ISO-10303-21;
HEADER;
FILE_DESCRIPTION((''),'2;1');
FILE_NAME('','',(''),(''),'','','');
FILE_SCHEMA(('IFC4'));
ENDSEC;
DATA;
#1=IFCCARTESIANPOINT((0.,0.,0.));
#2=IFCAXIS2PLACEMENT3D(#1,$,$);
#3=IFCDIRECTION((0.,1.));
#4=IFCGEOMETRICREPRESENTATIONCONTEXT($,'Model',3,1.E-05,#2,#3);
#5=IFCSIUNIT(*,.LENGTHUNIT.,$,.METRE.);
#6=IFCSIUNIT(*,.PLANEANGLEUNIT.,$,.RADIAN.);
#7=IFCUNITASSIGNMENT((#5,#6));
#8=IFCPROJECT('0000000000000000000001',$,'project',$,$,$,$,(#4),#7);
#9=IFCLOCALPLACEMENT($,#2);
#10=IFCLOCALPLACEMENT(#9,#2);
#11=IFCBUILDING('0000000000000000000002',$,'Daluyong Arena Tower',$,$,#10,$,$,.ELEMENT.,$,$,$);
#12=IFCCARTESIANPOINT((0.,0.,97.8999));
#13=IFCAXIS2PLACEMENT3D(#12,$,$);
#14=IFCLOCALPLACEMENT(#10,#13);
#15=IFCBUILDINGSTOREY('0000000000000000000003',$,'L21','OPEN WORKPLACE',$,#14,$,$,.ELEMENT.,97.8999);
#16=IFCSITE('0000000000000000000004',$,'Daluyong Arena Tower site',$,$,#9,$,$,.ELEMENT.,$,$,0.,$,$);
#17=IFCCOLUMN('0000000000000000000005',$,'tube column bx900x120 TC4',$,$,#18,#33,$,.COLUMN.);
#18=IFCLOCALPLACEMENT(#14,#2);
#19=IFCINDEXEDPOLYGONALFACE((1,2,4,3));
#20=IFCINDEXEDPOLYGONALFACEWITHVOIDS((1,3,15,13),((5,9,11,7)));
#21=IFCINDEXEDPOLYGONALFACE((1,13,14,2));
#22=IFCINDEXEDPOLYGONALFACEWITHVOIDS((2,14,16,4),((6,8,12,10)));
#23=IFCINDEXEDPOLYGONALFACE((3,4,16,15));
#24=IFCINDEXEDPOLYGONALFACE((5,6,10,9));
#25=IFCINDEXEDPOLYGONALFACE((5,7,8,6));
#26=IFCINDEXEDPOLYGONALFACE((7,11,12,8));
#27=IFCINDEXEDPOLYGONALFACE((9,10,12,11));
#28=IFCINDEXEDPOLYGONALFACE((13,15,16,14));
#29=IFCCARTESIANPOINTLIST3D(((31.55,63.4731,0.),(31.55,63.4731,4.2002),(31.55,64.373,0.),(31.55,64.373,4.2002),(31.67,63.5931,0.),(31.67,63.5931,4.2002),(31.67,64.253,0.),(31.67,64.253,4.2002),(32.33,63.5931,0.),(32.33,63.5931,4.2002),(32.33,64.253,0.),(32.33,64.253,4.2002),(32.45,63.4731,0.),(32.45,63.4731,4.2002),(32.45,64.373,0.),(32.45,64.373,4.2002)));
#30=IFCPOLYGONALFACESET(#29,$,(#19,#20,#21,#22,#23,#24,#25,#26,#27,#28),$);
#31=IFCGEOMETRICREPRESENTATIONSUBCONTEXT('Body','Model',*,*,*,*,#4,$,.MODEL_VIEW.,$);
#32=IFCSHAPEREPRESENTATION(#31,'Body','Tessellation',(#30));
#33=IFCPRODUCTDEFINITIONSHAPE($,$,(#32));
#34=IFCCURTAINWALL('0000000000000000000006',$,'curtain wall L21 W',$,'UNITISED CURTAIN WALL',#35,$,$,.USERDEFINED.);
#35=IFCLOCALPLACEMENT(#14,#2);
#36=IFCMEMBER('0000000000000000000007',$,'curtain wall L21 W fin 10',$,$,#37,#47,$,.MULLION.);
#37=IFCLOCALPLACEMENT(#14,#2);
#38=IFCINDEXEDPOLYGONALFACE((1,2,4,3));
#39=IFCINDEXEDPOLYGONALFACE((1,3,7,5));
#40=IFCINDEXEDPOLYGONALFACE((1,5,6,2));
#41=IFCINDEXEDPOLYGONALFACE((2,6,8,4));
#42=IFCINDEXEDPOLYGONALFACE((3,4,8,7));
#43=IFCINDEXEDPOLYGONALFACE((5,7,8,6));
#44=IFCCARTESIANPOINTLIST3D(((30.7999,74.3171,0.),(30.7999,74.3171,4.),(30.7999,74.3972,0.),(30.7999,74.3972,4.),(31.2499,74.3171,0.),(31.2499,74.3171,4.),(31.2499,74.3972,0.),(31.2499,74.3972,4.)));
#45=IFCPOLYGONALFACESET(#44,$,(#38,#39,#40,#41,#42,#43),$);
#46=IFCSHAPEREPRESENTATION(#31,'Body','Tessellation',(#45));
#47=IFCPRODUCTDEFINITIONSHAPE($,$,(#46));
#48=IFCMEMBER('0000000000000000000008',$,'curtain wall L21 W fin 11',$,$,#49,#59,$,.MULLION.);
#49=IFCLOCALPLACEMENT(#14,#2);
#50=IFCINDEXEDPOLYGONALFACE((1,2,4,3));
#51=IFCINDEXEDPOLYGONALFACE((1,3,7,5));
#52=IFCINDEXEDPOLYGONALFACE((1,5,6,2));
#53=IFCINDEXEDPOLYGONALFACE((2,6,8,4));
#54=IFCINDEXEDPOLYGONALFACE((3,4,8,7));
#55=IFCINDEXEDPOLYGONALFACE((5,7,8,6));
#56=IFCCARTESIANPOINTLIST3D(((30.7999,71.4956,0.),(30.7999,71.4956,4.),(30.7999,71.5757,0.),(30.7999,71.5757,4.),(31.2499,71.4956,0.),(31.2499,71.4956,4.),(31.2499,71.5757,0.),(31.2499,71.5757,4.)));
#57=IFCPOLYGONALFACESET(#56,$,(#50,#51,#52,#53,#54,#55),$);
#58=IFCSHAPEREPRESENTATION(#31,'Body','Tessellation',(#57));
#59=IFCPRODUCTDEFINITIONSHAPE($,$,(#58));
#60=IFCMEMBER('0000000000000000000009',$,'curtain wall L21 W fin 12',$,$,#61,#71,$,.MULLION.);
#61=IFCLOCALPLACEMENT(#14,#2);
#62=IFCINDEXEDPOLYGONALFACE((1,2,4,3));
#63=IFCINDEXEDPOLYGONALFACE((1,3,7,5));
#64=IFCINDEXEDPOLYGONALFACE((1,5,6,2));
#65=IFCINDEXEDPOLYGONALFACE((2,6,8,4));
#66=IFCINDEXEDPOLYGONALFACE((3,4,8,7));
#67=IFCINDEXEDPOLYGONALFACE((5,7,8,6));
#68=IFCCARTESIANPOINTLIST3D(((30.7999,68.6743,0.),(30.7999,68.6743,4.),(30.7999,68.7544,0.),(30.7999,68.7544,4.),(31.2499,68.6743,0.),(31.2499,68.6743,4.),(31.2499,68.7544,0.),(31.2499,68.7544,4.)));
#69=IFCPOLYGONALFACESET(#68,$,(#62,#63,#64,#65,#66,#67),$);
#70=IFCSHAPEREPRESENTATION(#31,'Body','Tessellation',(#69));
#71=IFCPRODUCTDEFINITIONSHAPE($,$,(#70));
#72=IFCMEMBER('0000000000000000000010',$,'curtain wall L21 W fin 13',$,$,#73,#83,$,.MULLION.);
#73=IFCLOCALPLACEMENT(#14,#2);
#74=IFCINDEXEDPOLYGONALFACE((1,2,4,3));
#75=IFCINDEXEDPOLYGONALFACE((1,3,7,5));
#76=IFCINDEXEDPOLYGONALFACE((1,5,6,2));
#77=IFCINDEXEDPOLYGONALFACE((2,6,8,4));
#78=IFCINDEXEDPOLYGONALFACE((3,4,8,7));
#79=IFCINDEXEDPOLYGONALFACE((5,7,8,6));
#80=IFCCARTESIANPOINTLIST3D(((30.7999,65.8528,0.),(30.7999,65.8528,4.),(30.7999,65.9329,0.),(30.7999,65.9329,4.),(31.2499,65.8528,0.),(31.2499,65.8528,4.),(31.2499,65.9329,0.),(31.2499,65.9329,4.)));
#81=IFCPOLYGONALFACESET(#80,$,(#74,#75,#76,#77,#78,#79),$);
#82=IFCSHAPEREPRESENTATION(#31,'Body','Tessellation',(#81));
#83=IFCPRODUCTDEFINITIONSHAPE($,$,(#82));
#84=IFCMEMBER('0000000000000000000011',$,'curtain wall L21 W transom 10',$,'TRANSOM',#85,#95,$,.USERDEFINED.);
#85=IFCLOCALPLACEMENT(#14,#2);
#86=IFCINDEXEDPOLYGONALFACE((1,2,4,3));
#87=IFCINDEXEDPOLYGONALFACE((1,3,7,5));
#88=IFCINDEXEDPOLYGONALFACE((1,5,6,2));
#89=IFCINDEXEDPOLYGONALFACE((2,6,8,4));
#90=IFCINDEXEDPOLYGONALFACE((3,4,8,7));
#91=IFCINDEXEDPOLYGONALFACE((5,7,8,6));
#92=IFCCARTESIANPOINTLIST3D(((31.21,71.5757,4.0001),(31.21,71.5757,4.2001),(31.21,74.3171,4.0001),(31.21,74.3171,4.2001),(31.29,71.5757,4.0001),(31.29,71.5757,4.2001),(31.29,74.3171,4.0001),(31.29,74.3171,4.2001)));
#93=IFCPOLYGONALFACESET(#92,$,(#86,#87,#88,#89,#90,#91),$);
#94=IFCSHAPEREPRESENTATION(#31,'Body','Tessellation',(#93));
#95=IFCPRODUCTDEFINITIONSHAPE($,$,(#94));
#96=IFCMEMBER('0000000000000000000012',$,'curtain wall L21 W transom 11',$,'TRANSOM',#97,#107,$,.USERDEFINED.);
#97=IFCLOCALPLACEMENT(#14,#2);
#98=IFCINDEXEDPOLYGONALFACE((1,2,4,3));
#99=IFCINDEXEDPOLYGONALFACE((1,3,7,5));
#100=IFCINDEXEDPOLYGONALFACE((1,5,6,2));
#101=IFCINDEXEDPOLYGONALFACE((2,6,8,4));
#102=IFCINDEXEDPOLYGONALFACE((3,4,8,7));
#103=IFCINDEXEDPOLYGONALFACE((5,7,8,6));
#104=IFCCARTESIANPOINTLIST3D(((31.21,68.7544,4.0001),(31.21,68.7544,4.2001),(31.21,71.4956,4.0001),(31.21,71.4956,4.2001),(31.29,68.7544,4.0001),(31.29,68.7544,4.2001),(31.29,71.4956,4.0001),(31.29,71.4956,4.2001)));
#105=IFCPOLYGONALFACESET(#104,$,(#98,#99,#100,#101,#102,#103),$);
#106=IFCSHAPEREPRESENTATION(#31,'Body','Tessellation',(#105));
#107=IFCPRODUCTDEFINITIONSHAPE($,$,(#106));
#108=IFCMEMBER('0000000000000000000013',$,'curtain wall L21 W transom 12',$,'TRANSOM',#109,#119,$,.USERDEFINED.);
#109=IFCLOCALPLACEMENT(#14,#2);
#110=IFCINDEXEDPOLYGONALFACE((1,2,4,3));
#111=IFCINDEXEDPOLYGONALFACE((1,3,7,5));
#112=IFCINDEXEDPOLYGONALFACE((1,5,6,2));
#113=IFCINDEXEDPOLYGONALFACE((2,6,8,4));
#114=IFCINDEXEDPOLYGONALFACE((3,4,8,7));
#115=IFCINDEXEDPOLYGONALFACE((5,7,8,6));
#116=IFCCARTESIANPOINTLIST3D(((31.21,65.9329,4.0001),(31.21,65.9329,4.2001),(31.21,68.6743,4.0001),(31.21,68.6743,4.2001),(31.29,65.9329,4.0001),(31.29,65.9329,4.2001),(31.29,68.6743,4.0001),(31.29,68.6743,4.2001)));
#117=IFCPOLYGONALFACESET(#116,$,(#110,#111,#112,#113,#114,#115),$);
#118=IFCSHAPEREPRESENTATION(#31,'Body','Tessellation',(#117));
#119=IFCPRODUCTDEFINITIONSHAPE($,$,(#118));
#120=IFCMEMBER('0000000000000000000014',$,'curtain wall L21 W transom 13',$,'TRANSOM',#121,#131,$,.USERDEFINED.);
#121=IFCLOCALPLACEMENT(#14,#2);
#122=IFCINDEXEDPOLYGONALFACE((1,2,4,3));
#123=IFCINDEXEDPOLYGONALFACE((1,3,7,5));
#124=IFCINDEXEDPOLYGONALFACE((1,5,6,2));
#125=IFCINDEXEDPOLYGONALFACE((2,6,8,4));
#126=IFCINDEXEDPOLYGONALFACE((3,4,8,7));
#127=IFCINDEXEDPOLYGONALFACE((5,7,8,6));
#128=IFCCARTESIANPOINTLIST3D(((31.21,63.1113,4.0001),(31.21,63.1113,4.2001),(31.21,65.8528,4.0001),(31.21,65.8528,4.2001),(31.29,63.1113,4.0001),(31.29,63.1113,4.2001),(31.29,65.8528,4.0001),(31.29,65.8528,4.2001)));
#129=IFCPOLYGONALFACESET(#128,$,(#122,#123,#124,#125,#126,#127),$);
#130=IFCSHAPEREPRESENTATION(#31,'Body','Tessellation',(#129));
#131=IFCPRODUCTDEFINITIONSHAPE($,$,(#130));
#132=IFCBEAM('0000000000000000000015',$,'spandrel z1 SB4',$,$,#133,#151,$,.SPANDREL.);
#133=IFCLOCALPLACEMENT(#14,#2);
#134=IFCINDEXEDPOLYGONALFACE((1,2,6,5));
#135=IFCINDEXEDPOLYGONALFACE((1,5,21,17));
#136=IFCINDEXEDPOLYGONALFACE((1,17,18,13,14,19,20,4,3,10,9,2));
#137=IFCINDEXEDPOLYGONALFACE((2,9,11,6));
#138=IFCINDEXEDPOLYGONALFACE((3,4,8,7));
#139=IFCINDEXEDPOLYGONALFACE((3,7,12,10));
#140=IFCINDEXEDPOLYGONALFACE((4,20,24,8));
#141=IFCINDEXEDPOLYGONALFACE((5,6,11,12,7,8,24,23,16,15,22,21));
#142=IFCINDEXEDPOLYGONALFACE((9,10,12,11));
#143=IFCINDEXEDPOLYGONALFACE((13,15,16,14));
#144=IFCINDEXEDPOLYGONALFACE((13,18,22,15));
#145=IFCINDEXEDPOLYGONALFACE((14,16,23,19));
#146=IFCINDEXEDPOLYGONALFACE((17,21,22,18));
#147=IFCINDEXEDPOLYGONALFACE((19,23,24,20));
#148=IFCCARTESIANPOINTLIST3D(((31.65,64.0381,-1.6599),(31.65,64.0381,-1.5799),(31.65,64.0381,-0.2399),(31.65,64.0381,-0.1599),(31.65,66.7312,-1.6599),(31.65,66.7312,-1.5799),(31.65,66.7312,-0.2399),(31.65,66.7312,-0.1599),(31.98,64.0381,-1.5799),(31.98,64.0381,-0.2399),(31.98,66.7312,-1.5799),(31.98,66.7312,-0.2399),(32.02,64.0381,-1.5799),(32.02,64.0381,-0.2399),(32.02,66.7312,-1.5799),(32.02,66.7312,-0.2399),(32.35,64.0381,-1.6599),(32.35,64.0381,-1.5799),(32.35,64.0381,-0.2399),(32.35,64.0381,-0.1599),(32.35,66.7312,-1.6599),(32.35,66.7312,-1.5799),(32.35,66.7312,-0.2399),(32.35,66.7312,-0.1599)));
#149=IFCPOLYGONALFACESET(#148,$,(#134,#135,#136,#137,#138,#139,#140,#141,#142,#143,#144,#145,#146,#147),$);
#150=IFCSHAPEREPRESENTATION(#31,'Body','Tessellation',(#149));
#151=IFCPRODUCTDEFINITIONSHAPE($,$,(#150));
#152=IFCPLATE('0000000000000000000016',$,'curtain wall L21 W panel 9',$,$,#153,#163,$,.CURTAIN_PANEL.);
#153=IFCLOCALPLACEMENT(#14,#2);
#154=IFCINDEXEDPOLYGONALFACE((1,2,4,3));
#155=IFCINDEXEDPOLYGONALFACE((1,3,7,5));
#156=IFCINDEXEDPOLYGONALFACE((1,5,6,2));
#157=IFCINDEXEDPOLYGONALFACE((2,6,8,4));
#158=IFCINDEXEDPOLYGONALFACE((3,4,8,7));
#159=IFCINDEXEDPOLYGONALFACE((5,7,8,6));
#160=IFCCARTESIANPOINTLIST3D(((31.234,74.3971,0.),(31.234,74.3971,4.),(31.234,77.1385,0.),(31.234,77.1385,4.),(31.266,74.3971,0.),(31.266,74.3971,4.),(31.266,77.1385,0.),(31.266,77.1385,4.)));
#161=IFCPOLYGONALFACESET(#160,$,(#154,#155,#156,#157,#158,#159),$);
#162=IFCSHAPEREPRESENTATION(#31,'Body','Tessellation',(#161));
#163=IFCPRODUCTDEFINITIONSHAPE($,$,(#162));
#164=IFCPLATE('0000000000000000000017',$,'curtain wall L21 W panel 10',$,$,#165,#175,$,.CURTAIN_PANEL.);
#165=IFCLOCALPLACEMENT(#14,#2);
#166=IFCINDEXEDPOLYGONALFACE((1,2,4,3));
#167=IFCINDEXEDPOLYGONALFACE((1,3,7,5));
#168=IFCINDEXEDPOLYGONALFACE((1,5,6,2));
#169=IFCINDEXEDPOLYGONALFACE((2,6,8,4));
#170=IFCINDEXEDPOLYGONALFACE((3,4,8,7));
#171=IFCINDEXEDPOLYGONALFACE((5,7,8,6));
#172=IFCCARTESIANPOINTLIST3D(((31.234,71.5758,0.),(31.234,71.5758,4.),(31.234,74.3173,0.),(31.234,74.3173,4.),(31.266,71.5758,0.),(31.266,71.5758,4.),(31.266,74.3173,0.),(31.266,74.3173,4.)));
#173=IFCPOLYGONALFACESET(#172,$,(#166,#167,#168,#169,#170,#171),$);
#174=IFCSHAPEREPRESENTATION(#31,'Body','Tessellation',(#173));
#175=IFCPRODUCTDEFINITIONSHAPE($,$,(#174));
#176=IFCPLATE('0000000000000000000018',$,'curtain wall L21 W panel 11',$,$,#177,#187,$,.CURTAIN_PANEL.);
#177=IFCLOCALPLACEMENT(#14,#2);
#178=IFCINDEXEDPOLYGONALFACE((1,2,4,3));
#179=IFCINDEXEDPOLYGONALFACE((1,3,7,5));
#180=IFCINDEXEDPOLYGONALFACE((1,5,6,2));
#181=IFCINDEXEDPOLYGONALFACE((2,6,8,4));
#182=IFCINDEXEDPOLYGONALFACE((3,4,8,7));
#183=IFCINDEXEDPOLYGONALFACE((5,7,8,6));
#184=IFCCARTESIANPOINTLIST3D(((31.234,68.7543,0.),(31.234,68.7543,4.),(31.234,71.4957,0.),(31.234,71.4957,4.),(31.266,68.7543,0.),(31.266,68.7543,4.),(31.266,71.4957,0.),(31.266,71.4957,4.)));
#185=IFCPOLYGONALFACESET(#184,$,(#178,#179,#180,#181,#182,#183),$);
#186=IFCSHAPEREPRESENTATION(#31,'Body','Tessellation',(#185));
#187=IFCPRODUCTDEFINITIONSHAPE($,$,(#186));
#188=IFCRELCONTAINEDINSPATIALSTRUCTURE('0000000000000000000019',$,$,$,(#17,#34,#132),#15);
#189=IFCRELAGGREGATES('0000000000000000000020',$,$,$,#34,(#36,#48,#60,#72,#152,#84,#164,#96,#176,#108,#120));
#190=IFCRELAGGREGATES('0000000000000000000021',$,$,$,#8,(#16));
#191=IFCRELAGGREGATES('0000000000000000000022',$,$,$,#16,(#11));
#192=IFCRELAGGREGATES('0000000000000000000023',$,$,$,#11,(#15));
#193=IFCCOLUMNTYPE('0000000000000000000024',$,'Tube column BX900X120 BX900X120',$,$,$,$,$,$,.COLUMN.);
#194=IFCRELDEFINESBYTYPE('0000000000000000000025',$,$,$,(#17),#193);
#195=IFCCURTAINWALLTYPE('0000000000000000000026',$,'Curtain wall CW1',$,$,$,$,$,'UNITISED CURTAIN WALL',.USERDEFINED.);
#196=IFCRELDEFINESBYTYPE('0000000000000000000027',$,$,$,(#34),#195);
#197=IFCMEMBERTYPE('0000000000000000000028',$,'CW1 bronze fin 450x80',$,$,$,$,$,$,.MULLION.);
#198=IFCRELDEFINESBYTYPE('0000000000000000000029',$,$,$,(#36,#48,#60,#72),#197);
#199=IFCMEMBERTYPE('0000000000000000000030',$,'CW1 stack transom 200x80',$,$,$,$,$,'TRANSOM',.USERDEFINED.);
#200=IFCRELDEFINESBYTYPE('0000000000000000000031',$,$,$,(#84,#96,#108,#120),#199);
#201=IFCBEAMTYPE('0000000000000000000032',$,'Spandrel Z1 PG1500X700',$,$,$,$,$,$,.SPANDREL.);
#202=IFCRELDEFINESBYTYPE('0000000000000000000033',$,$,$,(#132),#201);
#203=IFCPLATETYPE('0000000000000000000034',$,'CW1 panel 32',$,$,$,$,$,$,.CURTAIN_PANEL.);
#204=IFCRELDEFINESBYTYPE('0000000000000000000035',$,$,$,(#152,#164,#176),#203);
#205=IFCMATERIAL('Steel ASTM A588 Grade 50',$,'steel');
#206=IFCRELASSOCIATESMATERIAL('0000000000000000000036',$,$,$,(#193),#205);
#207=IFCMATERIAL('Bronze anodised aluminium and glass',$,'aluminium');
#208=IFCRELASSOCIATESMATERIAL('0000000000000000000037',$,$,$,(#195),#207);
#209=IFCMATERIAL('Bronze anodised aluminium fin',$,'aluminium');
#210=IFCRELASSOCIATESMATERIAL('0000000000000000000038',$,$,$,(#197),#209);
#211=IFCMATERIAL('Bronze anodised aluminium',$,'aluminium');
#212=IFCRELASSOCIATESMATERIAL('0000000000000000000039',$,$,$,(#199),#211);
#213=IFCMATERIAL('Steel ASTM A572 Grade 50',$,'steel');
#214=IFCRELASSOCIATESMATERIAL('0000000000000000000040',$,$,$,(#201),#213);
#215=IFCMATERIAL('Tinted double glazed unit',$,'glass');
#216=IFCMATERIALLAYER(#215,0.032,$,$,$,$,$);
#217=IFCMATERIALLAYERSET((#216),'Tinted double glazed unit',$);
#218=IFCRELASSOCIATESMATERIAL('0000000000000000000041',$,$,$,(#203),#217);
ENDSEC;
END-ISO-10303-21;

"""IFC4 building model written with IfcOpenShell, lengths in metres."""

from ifc_helpers import new_model, si_unit, direction, frame, origin, origin_2d, place, context, subcontext, project, spatial, rectangle, hollow_rectangle, i_section, extrude, material, layer, layer_set, material_profile, profile_set, type_object, element, aggregate, save


model = new_model("IFC4")

# Units and contexts
model_context = context("Model", 3, precision=1e-05, world=origin(), true_north=direction((0.0, 1.0)))
body_context = subcontext(model_context, "Body", "Model", "MODEL_VIEW")
ifc_project = project(units=[si_unit("LENGTHUNIT", "METRE"), si_unit("PLANEANGLEUNIT", "RADIAN")], contexts=[model_context])

# Site, building, storey
site_placement = place(None, origin())
site = spatial("IfcSite", under=ifc_project, at=site_placement, Name="Daluyong Arena Tower site", CompositionType="ELEMENT", RefElevation=0.0)
building_placement = place(site_placement, origin())
building = spatial("IfcBuilding", under=site, at=building_placement, Name="Daluyong Arena Tower", CompositionType="ELEMENT")
storey_placement = place(building_placement, frame((0.0, 0.0, 97.8999)))
storey = spatial("IfcBuildingStorey", under=building, at=storey_placement, Name="L21", Description="OPEN WORKPLACE", CompositionType="ELEMENT", Elevation=97.8999)

# Column
ifc_material_1 = material(Name="Steel ASTM A588 Grade 50", Category="steel")
ifc_material_profile_1 = material_profile(ifc_material_1, hollow_rectangle(XDim=0.8999, YDim=0.8999, WallThickness=0.12, at=origin_2d()))
ifc_profile_set_1 = profile_set([ifc_material_profile_1], Name="Steel ASTM A588 Grade 50")
column_type = type_object("IfcColumnType", Name="Tube column BX900X120 BX900X120", PredefinedType="COLUMN", material=ifc_profile_set_1)
column_placement = place(storey_placement, frame((32.0, 63.9231, 0.0), z_axis=(0.0, 0.0, 1.0), x_axis=(0.0, 1.0, 0.0)))
element("IfcColumn", 1, at=column_placement, inside=storey, type_object=column_type, Name="tube column bx900x120 TC4", PredefinedType="COLUMN", context=body_context, shape_type="SweptSolid", body=[
    extrude(hollow_rectangle(XDim=0.8999, YDim=0.8999, WallThickness=0.12, at=origin_2d()), origin(), (0.0, 0.0, 1.0), 4.2002),
])

# Curtain wall, members
ifc_material_2 = material(Name="Bronze anodised aluminium and glass", Category="aluminium")
curtain_wall_type = type_object("IfcCurtainWallType", Name="Curtain wall CW1", ElementType="UNITISED CURTAIN WALL", PredefinedType="USERDEFINED", material=ifc_material_2)
curtain_wall_placement = place(storey_placement, origin())
curtain_wall = element("IfcCurtainWall", 2, at=curtain_wall_placement, inside=storey, type_object=curtain_wall_type, Name="curtain wall L21 W", ObjectType="UNITISED CURTAIN WALL", PredefinedType="USERDEFINED")
ifc_material_3 = material(Name="Bronze anodised aluminium fin", Category="aluminium")
ifc_material_profile_2 = material_profile(ifc_material_3, rectangle(XDim=0.45, YDim=0.0801, at=origin_2d()))
ifc_profile_set_2 = profile_set([ifc_material_profile_2], Name="Bronze anodised aluminium fin")
member_type_1 = type_object("IfcMemberType", Name="CW1 bronze fin 450x80", PredefinedType="MULLION", material=ifc_profile_set_2)
member_1_placement = place(storey_placement, frame((31.0249, 74.3572, 0.0), z_axis=(0.0, 0.0, 1.0), x_axis=(1.0, 0.0, 0.0)))
member_1 = element("IfcMember", 3, at=member_1_placement, type_object=member_type_1, Name="curtain wall L21 W fin 10", PredefinedType="MULLION", context=body_context, shape_type="SweptSolid", body=[
    extrude(rectangle(XDim=0.45, YDim=0.0801, at=origin_2d()), origin(), (0.0, 0.0, 1.0), 4.0),
])
member_2_placement = place(storey_placement, frame((31.0249, 71.5356, 0.0), z_axis=(0.0, 0.0, 1.0), x_axis=(1.0, 0.0, 0.0)))
member_2 = element("IfcMember", 4, at=member_2_placement, type_object=member_type_1, Name="curtain wall L21 W fin 11", PredefinedType="MULLION", context=body_context, shape_type="SweptSolid", body=[
    extrude(rectangle(XDim=0.45, YDim=0.0801, at=origin_2d()), origin(), (0.0, 0.0, 1.0), 4.0),
])
member_3_placement = place(storey_placement, frame((31.0249, 68.7144, 0.0), z_axis=(0.0, 0.0, 1.0), x_axis=(1.0, 0.0, 0.0)))
member_3 = element("IfcMember", 5, at=member_3_placement, type_object=member_type_1, Name="curtain wall L21 W fin 12", PredefinedType="MULLION", context=body_context, shape_type="SweptSolid", body=[
    extrude(rectangle(XDim=0.45, YDim=0.0801, at=origin_2d()), origin(), (0.0, 0.0, 1.0), 4.0),
])
member_4_placement = place(storey_placement, frame((31.0249, 65.8928, 0.0), z_axis=(0.0, 0.0, 1.0), x_axis=(1.0, 0.0, 0.0)))
member_4 = element("IfcMember", 6, at=member_4_placement, type_object=member_type_1, Name="curtain wall L21 W fin 13", PredefinedType="MULLION", context=body_context, shape_type="SweptSolid", body=[
    extrude(rectangle(XDim=0.45, YDim=0.0801, at=origin_2d()), origin(), (0.0, 0.0, 1.0), 4.0),
])
ifc_material_4 = material(Name="Bronze anodised aluminium", Category="aluminium")
ifc_material_profile_3 = material_profile(ifc_material_4, rectangle(XDim=0.0801, YDim=0.2, at=origin_2d()))
ifc_profile_set_3 = profile_set([ifc_material_profile_3], Name="Bronze anodised aluminium")
member_type_2 = type_object("IfcMemberType", Name="CW1 stack transom 200x80", ElementType="TRANSOM", PredefinedType="USERDEFINED", material=ifc_profile_set_3)
member_5_placement = place(storey_placement, frame((31.25, 74.3171, 4.1001), z_axis=(0.0, -1.0, 0.0), x_axis=(1.0, 0.0, 0.0)))
member_5 = element("IfcMember", 7, at=member_5_placement, type_object=member_type_2, Name="curtain wall L21 W transom 10", ObjectType="TRANSOM", PredefinedType="USERDEFINED", context=body_context, shape_type="SweptSolid", body=[
    extrude(rectangle(XDim=0.0801, YDim=0.2, at=origin_2d()), origin(), (0.0, 0.0, 1.0), 2.7415),
])
member_6_placement = place(storey_placement, frame((31.25, 71.4956, 4.1001), z_axis=(0.0, -1.0, 0.0), x_axis=(1.0, 0.0, 0.0)))
member_6 = element("IfcMember", 8, at=member_6_placement, type_object=member_type_2, Name="curtain wall L21 W transom 11", ObjectType="TRANSOM", PredefinedType="USERDEFINED", context=body_context, shape_type="SweptSolid", body=[
    extrude(rectangle(XDim=0.0801, YDim=0.2, at=origin_2d()), origin(), (0.0, 0.0, 1.0), 2.7412),
])
member_7_placement = place(storey_placement, frame((31.25, 68.6743, 4.1001), z_axis=(0.0, -1.0, 0.0), x_axis=(1.0, 0.0, 0.0)))
member_7 = element("IfcMember", 9, at=member_7_placement, type_object=member_type_2, Name="curtain wall L21 W transom 12", ObjectType="TRANSOM", PredefinedType="USERDEFINED", context=body_context, shape_type="SweptSolid", body=[
    extrude(rectangle(XDim=0.0801, YDim=0.2, at=origin_2d()), origin(), (0.0, 0.0, 1.0), 2.7415),
])
member_8_placement = place(storey_placement, frame((31.25, 65.8528, 4.1001), z_axis=(0.0, -1.0, 0.0), x_axis=(1.0, 0.0, 0.0)))
member_8 = element("IfcMember", 10, at=member_8_placement, type_object=member_type_2, Name="curtain wall L21 W transom 13", ObjectType="TRANSOM", PredefinedType="USERDEFINED", context=body_context, shape_type="SweptSolid", body=[
    extrude(rectangle(XDim=0.0801, YDim=0.2, at=origin_2d()), origin(), (0.0, 0.0, 1.0), 2.7415),
])

# Beam
ifc_material_5 = material(Name="Steel ASTM A572 Grade 50", Category="steel")
ifc_material_profile_4 = material_profile(ifc_material_5, i_section(OverallWidth=0.7, OverallDepth=1.5, WebThickness=0.04, FlangeThickness=0.08, at=origin_2d()))
ifc_profile_set_4 = profile_set([ifc_material_profile_4], Name="Steel ASTM A572 Grade 50")
beam_type = type_object("IfcBeamType", Name="Spandrel Z1 PG1500X700", PredefinedType="SPANDREL", material=ifc_profile_set_4)
beam_placement = place(storey_placement, frame((32.0, 66.7312, -0.9099), z_axis=(0.0, -1.0, 0.0), x_axis=(1.0, 0.0, 0.0)))
element("IfcBeam", 11, at=beam_placement, inside=storey, type_object=beam_type, Name="spandrel z1 SB4", PredefinedType="SPANDREL", context=body_context, shape_type="SweptSolid", body=[
    extrude(i_section(OverallWidth=0.7, OverallDepth=1.5, WebThickness=0.04, FlangeThickness=0.08, at=origin_2d()), origin(), (0.0, 0.0, 1.0), 2.6931),
])

# Plates
ifc_material_6 = material(Name="Tinted double glazed unit", Category="glass")
ifc_layer = layer(ifc_material_6, 0.032)
ifc_layer_set = layer_set([ifc_layer], Name="Tinted double glazed unit")
plate_type = type_object("IfcPlateType", Name="CW1 panel 32", PredefinedType="CURTAIN_PANEL", material=ifc_layer_set)
plate_1_placement = place(storey_placement, frame((31.25, 75.7678, 0.0), z_axis=(0.0, 0.0, 1.0), x_axis=(0.0, -1.0, 0.0)))
plate_1 = element("IfcPlate", 12, at=plate_1_placement, type_object=plate_type, Name="curtain wall L21 W panel 9", PredefinedType="CURTAIN_PANEL", context=body_context, shape_type="SweptSolid", body=[
    extrude(rectangle(XDim=2.7415, YDim=0.032, at=origin_2d()), origin(), (0.0, 0.0, 1.0), 4.0),
])
plate_2_placement = place(storey_placement, frame((31.25, 72.9465, 0.0), z_axis=(0.0, 0.0, 1.0), x_axis=(0.0, -1.0, 0.0)))
plate_2 = element("IfcPlate", 13, at=plate_2_placement, type_object=plate_type, Name="curtain wall L21 W panel 10", PredefinedType="CURTAIN_PANEL", context=body_context, shape_type="SweptSolid", body=[
    extrude(rectangle(XDim=2.7415, YDim=0.032, at=origin_2d()), origin(), (0.0, 0.0, 1.0), 4.0),
])
plate_3_placement = place(storey_placement, frame((31.25, 70.125, 0.0), z_axis=(0.0, 0.0, 1.0), x_axis=(0.0, -1.0, 0.0)))
plate_3 = element("IfcPlate", 14, at=plate_3_placement, type_object=plate_type, Name="curtain wall L21 W panel 11", PredefinedType="CURTAIN_PANEL", context=body_context, shape_type="SweptSolid", body=[
    extrude(rectangle(XDim=2.7415, YDim=0.032, at=origin_2d()), origin(), (0.0, 0.0, 1.0), 4.0),
])
aggregate(curtain_wall, [member_1, member_2, member_3, member_4, plate_1, member_5, plate_2, member_6, plate_3, member_7, member_8])

save(model, "model.ifc")
